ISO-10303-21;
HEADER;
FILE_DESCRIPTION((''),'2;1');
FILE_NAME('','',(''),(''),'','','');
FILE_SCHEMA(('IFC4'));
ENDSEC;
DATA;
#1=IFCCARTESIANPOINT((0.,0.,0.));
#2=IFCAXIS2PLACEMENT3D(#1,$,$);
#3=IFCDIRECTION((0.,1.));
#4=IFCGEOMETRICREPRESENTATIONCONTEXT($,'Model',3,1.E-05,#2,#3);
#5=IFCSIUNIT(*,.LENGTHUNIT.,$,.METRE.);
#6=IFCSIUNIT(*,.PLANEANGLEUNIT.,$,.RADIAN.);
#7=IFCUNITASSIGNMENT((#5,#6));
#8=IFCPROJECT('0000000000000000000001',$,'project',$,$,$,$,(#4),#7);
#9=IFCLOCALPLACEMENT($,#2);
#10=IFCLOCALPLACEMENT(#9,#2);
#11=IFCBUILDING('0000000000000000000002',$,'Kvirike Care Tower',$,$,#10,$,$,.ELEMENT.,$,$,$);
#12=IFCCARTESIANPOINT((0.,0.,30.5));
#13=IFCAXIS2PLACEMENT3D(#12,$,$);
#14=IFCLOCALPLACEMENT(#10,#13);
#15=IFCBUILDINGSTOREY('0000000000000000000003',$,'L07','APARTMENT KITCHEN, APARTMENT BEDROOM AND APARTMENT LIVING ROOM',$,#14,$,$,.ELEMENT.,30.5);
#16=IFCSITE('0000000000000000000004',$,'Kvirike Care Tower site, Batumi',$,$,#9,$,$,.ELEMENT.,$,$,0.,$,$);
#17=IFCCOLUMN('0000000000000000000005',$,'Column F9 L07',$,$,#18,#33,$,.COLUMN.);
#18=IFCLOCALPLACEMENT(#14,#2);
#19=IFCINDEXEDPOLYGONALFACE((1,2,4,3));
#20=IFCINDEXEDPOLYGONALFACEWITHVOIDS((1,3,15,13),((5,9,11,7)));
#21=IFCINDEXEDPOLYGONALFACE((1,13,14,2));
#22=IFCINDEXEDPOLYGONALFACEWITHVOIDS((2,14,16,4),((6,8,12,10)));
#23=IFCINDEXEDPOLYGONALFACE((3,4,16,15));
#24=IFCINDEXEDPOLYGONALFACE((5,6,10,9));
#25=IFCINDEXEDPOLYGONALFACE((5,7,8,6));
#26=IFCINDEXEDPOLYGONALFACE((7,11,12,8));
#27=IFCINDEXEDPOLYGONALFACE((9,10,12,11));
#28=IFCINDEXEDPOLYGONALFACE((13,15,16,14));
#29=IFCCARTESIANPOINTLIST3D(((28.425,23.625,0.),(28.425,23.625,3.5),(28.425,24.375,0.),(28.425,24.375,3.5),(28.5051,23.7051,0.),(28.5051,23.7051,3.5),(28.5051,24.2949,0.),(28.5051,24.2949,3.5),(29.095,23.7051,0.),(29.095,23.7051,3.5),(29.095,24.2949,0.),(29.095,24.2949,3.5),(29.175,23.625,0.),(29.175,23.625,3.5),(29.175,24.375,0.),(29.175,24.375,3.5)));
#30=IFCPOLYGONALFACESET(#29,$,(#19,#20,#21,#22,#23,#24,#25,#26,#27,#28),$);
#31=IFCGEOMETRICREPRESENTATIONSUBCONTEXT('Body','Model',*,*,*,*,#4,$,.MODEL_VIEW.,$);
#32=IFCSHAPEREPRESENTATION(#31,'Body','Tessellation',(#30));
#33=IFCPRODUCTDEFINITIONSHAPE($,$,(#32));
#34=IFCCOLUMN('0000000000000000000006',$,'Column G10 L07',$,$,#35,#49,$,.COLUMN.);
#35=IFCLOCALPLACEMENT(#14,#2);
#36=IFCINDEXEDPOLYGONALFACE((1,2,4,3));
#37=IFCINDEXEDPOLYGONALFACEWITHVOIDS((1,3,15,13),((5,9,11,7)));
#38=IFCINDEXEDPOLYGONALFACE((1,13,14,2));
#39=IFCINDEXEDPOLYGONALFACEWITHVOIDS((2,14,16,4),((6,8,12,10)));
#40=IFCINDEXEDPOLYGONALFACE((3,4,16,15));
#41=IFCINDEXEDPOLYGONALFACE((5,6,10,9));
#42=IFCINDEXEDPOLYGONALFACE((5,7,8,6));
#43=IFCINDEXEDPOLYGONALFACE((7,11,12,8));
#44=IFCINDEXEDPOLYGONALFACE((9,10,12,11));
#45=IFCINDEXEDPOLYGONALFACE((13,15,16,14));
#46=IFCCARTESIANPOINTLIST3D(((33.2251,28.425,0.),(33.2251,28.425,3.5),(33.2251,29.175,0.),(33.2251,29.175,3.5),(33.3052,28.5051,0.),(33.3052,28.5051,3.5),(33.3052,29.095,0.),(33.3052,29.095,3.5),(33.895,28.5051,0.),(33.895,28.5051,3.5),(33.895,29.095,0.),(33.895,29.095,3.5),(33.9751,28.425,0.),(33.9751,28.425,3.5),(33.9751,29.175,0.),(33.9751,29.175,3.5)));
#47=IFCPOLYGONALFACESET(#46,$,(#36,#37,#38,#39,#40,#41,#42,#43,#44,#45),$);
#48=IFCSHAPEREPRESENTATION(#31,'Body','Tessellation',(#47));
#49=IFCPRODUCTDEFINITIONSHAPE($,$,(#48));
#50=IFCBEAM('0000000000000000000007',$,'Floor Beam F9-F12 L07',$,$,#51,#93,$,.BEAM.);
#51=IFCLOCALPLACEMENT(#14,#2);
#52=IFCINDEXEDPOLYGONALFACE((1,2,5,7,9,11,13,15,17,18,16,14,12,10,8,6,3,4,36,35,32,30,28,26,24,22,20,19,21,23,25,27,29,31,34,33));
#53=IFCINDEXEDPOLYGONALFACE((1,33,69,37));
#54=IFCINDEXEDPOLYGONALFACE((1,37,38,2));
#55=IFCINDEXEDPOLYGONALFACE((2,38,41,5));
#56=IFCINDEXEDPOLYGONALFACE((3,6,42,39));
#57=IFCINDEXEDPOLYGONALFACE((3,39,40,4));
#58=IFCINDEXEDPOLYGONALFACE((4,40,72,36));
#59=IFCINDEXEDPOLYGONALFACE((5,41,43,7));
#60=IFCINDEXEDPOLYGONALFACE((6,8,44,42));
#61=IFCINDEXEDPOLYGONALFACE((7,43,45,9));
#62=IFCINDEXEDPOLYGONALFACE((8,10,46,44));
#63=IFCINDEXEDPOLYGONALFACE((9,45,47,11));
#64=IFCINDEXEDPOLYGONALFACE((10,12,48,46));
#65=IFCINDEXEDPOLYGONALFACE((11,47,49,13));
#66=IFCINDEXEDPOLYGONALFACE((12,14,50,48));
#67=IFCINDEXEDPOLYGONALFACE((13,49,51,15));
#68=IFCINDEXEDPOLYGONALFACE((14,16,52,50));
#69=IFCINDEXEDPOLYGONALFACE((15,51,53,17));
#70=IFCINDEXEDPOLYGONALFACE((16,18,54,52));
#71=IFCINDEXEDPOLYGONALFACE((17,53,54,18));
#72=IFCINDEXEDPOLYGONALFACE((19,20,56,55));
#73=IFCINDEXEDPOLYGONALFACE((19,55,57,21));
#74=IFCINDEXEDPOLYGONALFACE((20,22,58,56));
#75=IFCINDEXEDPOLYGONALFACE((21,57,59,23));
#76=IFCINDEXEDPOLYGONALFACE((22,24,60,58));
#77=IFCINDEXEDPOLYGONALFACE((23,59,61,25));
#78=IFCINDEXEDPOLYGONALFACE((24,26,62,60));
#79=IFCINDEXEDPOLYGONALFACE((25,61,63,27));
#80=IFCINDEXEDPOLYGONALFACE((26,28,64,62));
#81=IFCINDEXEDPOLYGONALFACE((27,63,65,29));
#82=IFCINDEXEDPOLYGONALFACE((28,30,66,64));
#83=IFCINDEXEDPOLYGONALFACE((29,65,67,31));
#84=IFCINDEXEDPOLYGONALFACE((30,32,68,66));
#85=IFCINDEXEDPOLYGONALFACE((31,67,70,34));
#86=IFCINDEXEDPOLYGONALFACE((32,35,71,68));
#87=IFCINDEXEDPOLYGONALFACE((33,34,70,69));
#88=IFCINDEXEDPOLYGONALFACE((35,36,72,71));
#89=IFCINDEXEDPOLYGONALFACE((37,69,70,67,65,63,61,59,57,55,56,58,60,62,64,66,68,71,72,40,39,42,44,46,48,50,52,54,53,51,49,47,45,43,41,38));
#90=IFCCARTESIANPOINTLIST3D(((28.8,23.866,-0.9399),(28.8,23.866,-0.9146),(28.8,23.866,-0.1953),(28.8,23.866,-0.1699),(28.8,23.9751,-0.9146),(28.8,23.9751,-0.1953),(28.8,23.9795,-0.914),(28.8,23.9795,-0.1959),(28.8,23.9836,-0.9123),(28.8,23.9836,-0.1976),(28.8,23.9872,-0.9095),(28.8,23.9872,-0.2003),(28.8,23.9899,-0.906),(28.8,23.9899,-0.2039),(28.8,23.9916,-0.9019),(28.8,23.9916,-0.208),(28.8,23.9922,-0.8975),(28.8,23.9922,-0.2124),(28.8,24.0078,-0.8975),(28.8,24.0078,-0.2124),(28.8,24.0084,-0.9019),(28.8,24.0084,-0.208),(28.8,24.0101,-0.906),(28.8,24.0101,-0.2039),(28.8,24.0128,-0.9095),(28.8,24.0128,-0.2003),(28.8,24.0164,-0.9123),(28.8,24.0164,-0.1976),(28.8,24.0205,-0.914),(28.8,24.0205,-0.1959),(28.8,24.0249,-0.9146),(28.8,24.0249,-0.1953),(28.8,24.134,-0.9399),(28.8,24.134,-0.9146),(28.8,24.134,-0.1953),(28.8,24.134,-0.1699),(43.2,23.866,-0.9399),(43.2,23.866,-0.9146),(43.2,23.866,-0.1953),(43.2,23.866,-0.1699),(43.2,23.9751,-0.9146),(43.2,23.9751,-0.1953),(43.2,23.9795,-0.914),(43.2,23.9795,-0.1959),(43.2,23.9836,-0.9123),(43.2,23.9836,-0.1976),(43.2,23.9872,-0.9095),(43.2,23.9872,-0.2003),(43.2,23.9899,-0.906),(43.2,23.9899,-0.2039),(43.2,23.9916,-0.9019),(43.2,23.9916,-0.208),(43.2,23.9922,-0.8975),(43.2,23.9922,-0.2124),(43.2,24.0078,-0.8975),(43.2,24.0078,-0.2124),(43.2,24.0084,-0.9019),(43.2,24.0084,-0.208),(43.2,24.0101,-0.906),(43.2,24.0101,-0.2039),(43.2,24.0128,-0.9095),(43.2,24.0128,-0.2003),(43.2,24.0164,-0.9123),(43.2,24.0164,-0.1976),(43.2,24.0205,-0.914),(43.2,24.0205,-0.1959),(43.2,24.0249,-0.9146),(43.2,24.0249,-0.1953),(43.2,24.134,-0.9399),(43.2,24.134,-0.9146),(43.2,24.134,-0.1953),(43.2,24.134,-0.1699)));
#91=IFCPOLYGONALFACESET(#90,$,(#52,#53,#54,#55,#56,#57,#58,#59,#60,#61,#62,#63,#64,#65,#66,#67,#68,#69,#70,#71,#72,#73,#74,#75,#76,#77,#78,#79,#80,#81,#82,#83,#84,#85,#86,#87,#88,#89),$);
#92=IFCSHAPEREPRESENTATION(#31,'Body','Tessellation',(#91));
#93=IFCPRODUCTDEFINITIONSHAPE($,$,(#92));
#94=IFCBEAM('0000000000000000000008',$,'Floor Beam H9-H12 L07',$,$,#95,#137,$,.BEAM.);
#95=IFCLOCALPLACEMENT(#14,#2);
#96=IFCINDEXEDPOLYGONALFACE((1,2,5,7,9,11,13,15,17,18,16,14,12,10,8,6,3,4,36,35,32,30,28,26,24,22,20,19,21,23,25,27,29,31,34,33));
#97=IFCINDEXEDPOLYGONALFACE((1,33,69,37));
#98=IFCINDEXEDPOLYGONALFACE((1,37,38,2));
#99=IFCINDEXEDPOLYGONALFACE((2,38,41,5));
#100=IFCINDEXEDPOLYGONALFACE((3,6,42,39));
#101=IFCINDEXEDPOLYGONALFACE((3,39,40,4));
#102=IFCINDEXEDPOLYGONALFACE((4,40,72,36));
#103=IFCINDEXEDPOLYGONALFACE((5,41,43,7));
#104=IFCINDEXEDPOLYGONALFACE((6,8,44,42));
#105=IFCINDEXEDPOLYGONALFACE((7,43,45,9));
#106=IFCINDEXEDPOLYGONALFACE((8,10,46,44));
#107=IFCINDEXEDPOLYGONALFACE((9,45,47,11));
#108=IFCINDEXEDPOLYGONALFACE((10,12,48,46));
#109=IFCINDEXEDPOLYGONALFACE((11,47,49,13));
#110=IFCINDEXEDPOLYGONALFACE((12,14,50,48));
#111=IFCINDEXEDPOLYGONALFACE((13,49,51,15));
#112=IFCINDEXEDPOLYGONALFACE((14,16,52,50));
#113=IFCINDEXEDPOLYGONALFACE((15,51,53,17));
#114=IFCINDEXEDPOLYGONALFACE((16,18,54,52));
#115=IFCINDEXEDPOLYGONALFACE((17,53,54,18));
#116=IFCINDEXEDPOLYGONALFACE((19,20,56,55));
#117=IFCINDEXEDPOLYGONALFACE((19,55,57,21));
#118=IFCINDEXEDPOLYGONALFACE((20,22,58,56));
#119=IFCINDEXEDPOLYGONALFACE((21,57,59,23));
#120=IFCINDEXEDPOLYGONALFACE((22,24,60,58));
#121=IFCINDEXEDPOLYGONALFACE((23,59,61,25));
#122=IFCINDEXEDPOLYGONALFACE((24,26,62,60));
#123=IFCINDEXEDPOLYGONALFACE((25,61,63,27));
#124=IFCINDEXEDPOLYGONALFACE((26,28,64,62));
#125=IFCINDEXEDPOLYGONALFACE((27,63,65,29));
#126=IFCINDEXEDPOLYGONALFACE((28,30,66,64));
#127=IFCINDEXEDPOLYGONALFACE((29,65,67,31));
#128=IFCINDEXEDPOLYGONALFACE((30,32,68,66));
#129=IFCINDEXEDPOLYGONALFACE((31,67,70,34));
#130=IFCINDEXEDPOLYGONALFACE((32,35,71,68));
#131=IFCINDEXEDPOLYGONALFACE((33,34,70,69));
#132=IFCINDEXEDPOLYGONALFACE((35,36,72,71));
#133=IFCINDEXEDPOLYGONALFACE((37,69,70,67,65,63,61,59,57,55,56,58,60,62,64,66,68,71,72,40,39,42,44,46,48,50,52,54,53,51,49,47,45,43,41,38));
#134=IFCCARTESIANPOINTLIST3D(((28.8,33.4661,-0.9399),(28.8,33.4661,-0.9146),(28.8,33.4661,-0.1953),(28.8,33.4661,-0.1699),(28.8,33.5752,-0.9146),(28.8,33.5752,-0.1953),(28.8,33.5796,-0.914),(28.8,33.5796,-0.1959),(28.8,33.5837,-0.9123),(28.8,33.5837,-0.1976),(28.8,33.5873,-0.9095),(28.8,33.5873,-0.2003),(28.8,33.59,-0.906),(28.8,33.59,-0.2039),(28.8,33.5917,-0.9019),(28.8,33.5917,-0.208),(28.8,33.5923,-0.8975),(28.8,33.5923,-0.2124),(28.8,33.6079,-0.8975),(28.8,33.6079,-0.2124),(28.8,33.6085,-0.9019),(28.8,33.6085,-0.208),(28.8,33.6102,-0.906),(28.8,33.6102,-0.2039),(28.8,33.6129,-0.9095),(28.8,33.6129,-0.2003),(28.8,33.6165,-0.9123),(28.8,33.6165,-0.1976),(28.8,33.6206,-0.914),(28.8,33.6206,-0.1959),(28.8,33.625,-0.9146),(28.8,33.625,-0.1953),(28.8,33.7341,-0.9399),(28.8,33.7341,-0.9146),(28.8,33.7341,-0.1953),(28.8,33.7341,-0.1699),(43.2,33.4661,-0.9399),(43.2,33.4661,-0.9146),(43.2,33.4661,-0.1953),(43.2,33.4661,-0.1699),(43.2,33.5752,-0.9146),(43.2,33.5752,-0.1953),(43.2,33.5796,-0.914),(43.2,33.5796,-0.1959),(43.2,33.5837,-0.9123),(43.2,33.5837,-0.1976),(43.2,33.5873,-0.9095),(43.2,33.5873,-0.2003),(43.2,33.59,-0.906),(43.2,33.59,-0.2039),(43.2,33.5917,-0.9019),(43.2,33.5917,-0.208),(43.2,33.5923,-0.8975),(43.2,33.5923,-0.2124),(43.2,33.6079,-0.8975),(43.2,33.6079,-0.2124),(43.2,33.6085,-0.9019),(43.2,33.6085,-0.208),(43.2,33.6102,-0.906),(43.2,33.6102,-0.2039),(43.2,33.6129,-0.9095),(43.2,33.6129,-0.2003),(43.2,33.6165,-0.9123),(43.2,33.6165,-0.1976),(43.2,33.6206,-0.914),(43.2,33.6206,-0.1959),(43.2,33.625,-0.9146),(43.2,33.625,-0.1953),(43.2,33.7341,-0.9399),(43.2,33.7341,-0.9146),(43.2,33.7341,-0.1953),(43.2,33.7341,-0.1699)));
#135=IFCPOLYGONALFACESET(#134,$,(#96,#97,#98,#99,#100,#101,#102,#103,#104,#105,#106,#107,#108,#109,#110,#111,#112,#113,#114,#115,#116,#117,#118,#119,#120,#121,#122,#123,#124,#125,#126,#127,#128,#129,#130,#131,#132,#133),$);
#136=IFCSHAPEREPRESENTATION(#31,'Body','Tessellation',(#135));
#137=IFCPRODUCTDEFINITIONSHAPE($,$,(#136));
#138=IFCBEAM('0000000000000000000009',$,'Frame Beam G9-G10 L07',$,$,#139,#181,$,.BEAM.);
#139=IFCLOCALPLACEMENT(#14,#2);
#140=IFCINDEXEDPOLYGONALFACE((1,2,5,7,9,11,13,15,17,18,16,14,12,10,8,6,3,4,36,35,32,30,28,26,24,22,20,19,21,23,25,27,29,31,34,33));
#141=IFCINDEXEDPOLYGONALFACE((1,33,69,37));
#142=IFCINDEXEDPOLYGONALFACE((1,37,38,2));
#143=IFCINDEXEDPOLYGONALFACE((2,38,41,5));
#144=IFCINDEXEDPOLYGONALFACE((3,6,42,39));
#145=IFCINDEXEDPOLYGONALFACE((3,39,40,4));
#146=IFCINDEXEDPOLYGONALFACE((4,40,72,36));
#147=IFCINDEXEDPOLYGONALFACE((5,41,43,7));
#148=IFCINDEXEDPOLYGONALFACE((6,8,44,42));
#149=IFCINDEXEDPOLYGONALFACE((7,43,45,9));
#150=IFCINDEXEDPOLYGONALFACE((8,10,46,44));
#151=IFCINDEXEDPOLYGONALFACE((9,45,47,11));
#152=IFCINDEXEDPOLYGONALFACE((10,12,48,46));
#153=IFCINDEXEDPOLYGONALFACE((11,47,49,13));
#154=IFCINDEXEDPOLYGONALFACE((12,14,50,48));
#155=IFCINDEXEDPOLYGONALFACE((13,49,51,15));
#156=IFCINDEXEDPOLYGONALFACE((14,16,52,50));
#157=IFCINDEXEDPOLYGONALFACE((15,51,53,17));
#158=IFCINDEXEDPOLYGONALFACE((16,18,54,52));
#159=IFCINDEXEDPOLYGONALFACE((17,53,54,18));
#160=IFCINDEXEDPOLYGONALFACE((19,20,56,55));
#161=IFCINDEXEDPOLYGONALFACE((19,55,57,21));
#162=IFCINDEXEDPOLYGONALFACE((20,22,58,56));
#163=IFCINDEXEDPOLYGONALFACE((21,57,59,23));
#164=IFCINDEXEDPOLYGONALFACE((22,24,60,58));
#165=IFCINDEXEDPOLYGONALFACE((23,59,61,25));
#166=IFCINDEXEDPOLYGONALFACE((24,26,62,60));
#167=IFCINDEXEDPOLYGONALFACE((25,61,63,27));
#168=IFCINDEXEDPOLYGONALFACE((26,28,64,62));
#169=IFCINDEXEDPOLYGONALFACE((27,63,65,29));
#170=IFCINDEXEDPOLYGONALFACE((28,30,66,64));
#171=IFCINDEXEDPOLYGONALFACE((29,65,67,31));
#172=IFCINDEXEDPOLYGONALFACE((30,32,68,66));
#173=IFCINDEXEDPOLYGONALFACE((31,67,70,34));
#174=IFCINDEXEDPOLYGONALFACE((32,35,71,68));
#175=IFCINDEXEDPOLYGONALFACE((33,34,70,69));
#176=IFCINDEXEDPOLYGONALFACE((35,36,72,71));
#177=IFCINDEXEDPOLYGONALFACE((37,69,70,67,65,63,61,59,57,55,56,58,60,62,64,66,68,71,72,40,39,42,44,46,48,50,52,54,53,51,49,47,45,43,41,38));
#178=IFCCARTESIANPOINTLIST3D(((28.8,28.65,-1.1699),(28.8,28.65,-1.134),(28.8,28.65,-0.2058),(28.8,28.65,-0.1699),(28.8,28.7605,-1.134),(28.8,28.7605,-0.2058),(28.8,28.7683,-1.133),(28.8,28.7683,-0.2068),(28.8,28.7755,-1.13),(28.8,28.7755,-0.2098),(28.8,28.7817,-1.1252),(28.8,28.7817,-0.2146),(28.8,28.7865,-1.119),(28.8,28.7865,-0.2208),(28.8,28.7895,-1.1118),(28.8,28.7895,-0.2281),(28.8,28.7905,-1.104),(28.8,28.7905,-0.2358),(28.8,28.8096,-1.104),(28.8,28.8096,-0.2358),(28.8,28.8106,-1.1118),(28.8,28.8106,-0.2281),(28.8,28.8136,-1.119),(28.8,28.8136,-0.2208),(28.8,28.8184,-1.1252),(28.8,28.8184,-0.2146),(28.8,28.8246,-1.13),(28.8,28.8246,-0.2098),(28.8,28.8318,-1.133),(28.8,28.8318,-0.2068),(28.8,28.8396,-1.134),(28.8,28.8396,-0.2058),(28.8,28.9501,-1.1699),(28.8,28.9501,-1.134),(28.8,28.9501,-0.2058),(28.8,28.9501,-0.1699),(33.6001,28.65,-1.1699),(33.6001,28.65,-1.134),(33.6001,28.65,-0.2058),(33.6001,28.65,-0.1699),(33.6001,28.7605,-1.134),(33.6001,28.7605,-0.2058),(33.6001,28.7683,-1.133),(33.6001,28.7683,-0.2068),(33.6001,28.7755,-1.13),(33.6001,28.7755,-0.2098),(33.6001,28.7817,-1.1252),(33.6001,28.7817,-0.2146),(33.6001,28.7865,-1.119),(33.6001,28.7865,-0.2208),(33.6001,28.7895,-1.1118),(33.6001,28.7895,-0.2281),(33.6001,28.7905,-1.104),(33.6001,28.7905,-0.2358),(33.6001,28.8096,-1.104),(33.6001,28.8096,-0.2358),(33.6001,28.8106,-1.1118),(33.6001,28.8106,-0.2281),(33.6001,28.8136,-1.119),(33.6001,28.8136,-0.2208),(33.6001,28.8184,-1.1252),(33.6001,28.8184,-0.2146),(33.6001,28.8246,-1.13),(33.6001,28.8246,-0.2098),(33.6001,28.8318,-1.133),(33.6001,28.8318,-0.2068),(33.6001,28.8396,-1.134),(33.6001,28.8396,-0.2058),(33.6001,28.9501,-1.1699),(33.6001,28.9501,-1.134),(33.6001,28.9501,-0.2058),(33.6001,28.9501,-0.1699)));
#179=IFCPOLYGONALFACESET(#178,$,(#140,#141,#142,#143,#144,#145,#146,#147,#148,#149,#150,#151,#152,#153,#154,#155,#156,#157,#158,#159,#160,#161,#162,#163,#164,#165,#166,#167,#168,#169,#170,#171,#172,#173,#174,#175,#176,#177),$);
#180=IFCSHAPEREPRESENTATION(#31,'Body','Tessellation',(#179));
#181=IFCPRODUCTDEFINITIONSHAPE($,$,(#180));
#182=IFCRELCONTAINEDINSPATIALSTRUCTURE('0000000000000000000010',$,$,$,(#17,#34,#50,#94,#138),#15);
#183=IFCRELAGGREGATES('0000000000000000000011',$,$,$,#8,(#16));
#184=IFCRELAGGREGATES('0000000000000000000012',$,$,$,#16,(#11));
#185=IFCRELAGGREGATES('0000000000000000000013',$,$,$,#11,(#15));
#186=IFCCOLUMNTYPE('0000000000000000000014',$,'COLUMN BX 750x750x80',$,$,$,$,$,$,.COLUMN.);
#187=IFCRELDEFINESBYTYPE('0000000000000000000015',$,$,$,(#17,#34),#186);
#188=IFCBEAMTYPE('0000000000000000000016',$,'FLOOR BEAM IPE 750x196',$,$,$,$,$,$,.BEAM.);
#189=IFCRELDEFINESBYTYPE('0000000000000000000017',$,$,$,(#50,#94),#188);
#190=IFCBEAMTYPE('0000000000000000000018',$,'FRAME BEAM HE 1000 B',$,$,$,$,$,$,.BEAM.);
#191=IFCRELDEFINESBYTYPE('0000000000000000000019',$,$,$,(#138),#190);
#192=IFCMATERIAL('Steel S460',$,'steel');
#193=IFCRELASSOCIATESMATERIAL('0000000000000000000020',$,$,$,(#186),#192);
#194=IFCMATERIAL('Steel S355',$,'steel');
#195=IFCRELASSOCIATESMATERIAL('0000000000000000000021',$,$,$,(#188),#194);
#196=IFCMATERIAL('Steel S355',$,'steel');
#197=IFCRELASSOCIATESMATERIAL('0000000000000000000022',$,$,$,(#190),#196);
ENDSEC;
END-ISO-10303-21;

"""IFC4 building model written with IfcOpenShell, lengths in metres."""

from ifc_helpers import new_model, si_unit, direction, frame, origin, origin_2d, place, context, subcontext, project, spatial, hollow_rectangle, i_section, extrude, material, material_profile, profile_set, type_object, element, save


model = new_model("IFC4")

# Units and contexts
model_context = context("Model", 3, precision=1e-05, world=origin(), true_north=direction((0.0, 1.0)))
body_context = subcontext(model_context, "Body", "Model", "MODEL_VIEW")
ifc_project = project(units=[si_unit("LENGTHUNIT", "METRE"), si_unit("PLANEANGLEUNIT", "RADIAN")], contexts=[model_context])

# Site, building, storey
site_placement = place(None, origin())
site = spatial("IfcSite", under=ifc_project, at=site_placement, Name="Kvirike Care Tower site, Batumi", CompositionType="ELEMENT", RefElevation=0.0)
building_placement = place(site_placement, origin())
building = spatial("IfcBuilding", under=site, at=building_placement, Name="Kvirike Care Tower", CompositionType="ELEMENT")
storey_placement = place(building_placement, frame((0.0, 0.0, 30.5)))
storey = spatial("IfcBuildingStorey", under=building, at=storey_placement, Name="L07", Description="APARTMENT KITCHEN, APARTMENT BEDROOM AND APARTMENT LIVING ROOM", CompositionType="ELEMENT", Elevation=30.5)

# Columns
ifc_material_1 = material(Name="Steel S460", Category="steel")
ifc_material_profile_1 = material_profile(ifc_material_1, hollow_rectangle(XDim=0.75, YDim=0.75, WallThickness=0.0801, at=origin_2d()), Name="BX 750x750x80")
ifc_profile_set_1 = profile_set([ifc_material_profile_1], Name="Steel S460")
column_type = type_object("IfcColumnType", Name="COLUMN BX 750x750x80", PredefinedType="COLUMN", material=ifc_profile_set_1)
for number, where, z_axis, x_axis, name in (
    (1, (28.8, 24.0, 0.0), (0.0, 0.0, 1.0), (1.0, 0.0, 0.0), "Column F9 L07"),
    (2, (33.6001, 28.8, 0.0), (0.0, 0.0, 1.0), (0.0, 1.0, 0.0), "Column G10 L07"),
):
    element("IfcColumn", number, at=place(storey_placement, frame(where, z_axis=z_axis, x_axis=x_axis)), inside=storey, type_object=column_type, Name=name, PredefinedType="COLUMN", context=body_context, shape_type="SweptSolid", body=[
        extrude(hollow_rectangle(XDim=0.75, YDim=0.75, WallThickness=0.0801, at=origin_2d()), origin(), (0.0, 0.0, 1.0), 3.5),
    ])

# Beams
ifc_material_2 = material(Name="Steel S355", Category="steel")
ifc_material_profile_2 = material_profile(ifc_material_2, i_section(OverallWidth=0.2681, OverallDepth=0.77, WebThickness=0.0156, FlangeThickness=0.0254, FilletRadius=0.0171, at=origin_2d()), Name="IPE 750x196")
ifc_profile_set_2 = profile_set([ifc_material_profile_2], Name="Steel S355")
beam_type_1 = type_object("IfcBeamType", Name="FLOOR BEAM IPE 750x196", PredefinedType="BEAM", material=ifc_profile_set_2)
for number, where, z_axis, x_axis, name in (
    (3, (28.8, 24.0, -0.5549), (1.0, 0.0, 0.0), (0.0, 1.0, 0.0), "Floor Beam F9-F12 L07"),
    (4, (28.8, 33.6001, -0.5549), (1.0, 0.0, 0.0), (0.0, 1.0, 0.0), "Floor Beam H9-H12 L07"),
):
    element("IfcBeam", number, at=place(storey_placement, frame(where, z_axis=z_axis, x_axis=x_axis)), inside=storey, type_object=beam_type_1, Name=name, PredefinedType="BEAM", context=body_context, shape_type="SweptSolid", body=[
        extrude(i_section(OverallWidth=0.2681, OverallDepth=0.77, WebThickness=0.0156, FlangeThickness=0.0254, FilletRadius=0.0171, at=origin_2d()), origin(), (0.0, 0.0, 1.0), 14.3999),
    ])
ifc_material_3 = material(Name="Steel S355", Category="steel")
ifc_material_profile_3 = material_profile(ifc_material_3, i_section(OverallWidth=0.3, OverallDepth=1.0, WebThickness=0.019, FlangeThickness=0.0359, FilletRadius=0.03, at=origin_2d()), Name="HE 1000 B")
ifc_profile_set_3 = profile_set([ifc_material_profile_3], Name="Steel S355")
beam_type_2 = type_object("IfcBeamType", Name="FRAME BEAM HE 1000 B", PredefinedType="BEAM", material=ifc_profile_set_3)
for number, where, z_axis, x_axis, name in (
    (5, (28.8, 28.8, -0.6699), (1.0, 0.0, 0.0), (0.0, 1.0, 0.0), "Frame Beam G9-G10 L07"),
):
    element("IfcBeam", number, at=place(storey_placement, frame(where, z_axis=z_axis, x_axis=x_axis)), inside=storey, type_object=beam_type_2, Name=name, PredefinedType="BEAM", context=body_context, shape_type="SweptSolid", body=[
        extrude(i_section(OverallWidth=0.3, OverallDepth=1.0, WebThickness=0.019, FlangeThickness=0.0359, FilletRadius=0.03, at=origin_2d()), origin(), (0.0, 0.0, 1.0), 4.8),
    ])

save(model, "model.ifc")
